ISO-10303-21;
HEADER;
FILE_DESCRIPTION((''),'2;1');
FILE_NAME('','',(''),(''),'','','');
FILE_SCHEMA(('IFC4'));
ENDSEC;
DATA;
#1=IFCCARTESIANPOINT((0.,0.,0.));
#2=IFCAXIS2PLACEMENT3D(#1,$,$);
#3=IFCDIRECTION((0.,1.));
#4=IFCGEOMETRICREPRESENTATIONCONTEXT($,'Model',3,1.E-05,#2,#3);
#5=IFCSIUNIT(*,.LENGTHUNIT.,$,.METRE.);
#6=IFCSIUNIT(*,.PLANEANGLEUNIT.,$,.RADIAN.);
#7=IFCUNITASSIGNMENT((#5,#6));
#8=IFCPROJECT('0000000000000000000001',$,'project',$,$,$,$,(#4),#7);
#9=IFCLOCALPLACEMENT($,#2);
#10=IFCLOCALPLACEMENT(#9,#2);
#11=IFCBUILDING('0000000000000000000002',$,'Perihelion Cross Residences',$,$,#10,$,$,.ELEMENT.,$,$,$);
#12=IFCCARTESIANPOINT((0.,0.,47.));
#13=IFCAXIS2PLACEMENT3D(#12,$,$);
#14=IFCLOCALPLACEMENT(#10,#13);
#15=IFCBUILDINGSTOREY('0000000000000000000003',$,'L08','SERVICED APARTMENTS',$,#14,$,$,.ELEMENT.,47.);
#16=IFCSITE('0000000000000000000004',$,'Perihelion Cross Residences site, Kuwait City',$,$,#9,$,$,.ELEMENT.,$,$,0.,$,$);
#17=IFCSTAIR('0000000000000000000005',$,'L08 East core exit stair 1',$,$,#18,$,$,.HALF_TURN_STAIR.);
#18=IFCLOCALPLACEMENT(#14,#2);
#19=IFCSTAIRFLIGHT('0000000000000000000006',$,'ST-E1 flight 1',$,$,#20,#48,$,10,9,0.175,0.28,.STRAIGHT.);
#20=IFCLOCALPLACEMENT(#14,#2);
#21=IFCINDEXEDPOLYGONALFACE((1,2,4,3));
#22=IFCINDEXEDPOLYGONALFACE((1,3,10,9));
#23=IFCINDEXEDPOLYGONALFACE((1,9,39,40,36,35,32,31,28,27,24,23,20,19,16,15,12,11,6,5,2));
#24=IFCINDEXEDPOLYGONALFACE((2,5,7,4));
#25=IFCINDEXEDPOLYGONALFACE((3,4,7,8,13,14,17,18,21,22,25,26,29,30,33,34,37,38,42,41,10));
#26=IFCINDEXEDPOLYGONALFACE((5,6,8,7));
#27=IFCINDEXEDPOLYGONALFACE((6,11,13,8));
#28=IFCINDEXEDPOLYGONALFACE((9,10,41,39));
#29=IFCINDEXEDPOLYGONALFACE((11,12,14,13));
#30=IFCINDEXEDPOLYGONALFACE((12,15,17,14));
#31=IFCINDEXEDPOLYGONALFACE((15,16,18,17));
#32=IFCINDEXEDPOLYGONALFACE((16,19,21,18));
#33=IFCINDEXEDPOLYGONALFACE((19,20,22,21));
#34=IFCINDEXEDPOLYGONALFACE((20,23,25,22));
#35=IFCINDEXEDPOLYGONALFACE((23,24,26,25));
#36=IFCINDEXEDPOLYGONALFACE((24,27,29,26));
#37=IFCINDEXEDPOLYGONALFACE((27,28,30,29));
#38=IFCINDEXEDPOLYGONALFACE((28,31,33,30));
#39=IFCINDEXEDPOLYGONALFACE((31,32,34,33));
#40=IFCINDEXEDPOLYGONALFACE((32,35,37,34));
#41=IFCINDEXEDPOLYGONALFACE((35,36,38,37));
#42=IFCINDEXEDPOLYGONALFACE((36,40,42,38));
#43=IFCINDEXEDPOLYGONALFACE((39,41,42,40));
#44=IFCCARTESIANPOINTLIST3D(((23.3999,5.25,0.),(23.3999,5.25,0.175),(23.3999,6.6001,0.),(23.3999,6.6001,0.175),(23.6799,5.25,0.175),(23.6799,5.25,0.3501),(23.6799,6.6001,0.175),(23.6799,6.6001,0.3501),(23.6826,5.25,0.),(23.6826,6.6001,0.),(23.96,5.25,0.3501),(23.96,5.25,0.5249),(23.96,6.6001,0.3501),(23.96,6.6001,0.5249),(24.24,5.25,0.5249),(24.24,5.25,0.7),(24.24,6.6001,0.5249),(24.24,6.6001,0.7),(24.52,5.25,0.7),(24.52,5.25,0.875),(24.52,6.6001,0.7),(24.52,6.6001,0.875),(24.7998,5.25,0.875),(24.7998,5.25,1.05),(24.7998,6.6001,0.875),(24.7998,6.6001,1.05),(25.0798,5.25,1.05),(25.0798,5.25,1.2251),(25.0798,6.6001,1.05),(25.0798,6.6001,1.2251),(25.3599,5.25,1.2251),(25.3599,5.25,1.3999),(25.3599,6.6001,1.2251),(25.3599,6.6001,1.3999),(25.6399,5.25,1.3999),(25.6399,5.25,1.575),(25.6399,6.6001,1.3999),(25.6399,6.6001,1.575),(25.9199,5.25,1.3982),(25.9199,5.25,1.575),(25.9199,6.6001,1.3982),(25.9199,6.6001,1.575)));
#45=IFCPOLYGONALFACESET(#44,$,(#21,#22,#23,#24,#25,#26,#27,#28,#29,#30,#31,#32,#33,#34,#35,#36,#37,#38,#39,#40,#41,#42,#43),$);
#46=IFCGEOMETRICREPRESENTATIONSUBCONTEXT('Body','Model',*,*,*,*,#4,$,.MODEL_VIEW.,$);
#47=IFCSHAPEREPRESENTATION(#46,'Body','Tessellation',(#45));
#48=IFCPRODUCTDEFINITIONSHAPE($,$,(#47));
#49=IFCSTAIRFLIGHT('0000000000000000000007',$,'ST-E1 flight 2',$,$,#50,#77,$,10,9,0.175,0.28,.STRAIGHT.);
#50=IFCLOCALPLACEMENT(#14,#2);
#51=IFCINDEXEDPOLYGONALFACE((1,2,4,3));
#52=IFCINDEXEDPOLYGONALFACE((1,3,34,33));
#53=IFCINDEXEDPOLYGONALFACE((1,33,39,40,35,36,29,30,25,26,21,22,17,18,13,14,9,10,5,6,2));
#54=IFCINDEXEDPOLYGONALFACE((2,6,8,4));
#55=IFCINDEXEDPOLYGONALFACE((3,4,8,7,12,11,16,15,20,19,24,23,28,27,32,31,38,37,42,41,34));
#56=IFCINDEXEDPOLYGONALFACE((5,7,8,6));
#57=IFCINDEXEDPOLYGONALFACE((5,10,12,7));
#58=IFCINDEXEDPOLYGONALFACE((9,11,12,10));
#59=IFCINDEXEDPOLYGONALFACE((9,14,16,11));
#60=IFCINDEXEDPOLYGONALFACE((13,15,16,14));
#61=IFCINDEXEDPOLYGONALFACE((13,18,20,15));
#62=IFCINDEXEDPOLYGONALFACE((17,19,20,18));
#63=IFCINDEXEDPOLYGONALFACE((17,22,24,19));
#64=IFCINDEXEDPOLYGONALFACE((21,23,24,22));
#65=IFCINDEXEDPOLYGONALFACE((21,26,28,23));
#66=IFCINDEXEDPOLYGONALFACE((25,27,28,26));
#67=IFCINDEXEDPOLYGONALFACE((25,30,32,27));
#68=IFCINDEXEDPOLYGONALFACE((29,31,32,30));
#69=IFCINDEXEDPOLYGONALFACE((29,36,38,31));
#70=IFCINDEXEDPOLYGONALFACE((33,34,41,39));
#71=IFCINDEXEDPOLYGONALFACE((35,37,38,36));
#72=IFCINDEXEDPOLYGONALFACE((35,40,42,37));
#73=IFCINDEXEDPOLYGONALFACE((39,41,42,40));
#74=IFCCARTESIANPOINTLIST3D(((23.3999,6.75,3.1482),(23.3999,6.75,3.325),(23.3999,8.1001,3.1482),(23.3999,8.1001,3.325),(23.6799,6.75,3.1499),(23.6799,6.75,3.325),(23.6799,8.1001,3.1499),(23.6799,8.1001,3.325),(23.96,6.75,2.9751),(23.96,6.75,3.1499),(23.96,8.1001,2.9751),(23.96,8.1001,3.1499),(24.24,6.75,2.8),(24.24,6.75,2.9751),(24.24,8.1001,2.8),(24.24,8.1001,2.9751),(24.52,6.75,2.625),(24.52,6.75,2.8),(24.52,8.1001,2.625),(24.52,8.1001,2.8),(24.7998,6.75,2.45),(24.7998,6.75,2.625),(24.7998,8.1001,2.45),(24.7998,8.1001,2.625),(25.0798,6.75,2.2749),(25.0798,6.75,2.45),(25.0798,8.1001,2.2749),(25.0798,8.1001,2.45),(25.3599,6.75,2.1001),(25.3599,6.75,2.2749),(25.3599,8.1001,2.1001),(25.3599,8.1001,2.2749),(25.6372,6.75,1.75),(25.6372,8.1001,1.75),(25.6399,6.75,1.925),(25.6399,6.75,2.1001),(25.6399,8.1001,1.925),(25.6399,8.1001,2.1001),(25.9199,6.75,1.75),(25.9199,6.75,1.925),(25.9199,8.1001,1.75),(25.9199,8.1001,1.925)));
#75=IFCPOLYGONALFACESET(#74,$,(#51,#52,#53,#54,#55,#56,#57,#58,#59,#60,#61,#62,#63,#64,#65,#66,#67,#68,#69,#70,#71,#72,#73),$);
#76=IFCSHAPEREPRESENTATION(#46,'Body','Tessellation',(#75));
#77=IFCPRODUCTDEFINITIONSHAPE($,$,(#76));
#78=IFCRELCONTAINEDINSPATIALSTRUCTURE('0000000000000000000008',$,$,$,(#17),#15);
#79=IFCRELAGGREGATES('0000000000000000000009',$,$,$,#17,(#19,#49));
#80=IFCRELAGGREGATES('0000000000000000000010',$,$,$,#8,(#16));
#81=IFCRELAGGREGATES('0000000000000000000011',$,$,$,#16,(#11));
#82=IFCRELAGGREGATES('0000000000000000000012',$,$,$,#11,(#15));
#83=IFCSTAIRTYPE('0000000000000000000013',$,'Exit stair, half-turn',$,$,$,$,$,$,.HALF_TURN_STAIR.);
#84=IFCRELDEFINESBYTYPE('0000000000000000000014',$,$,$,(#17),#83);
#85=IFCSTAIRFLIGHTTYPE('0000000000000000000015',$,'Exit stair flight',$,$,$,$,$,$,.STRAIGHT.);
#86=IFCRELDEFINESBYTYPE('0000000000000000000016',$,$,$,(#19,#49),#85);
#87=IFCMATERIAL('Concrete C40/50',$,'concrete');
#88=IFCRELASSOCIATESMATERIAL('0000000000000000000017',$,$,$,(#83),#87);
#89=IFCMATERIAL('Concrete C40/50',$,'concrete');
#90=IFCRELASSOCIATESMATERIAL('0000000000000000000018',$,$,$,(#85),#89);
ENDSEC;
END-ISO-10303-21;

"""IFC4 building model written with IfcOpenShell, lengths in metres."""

from ifc_helpers import new_model, si_unit, direction, frame, origin, place, context, subcontext, project, spatial, polyline, outline, extrude, material, type_object, element, aggregate, save


model = new_model("IFC4")

# Units and contexts
model_context = context("Model", 3, precision=1e-05, world=origin(), true_north=direction((0.0, 1.0)))
body_context = subcontext(model_context, "Body", "Model", "MODEL_VIEW")
ifc_project = project(units=[si_unit("LENGTHUNIT", "METRE"), si_unit("PLANEANGLEUNIT", "RADIAN")], contexts=[model_context])

# Site, building, storey
site_placement = place(None, origin())
site = spatial("IfcSite", under=ifc_project, at=site_placement, Name="Perihelion Cross Residences site, Kuwait City", CompositionType="ELEMENT", RefElevation=0.0)
building_placement = place(site_placement, origin())
building = spatial("IfcBuilding", under=site, at=building_placement, Name="Perihelion Cross Residences", CompositionType="ELEMENT")
storey_placement = place(building_placement, frame((0.0, 0.0, 47.0)))
storey = spatial("IfcBuildingStorey", under=building, at=storey_placement, Name="L08", Description="SERVICED APARTMENTS", CompositionType="ELEMENT", Elevation=47.0)

# Stair, stair flights
ifc_material_1 = material(Name="Concrete C40/50", Category="concrete")
stair_type = type_object("IfcStairType", Name="Exit stair, half-turn", PredefinedType="HALF_TURN_STAIR", material=ifc_material_1)
stair_placement = place(storey_placement, origin())
stair = element("IfcStair", 1, at=stair_placement, inside=storey, type_object=stair_type, Name="L08 East core exit stair 1", PredefinedType="HALF_TURN_STAIR")
ifc_material_2 = material(Name="Concrete C40/50", Category="concrete")
stair_flight_type = type_object("IfcStairFlightType", Name="Exit stair flight", PredefinedType="STRAIGHT", material=ifc_material_2)
stair_flight_1_placement = place(storey_placement, frame((23.3999, 5.925, 0.0), z_axis=(0.0, 0.0, 1.0), x_axis=(1.0, 0.0, 0.0)))
stair_flight_1 = element("IfcStairFlight", 2, at=stair_flight_1_placement, type_object=stair_flight_type, Name="ST-E1 flight 1", NumberOfRisers=10, NumberOfTreads=9, PredefinedType="STRAIGHT", RiserHeight=0.175, TreadLength=0.28, context=body_context, shape_type="SweptSolid", body=[
    extrude(outline(polyline([(0.0, 0.0), (0.0, 0.175), (0.28, 0.175), (0.28, 0.3501), (0.5601, 0.3501), (0.5601, 0.5249), (0.8401, 0.5249), (0.8401, 0.7), (1.1201, 0.7), (1.1201, 0.875), (1.3999, 0.875), (1.3999, 1.05), (1.6799, 1.05), (1.6799, 1.2251), (1.96, 1.2251), (1.96, 1.3999), (2.24, 1.3999), (2.24, 1.575), (2.52, 1.575), (2.52, 1.75), (2.52, 1.3982), (0.2827, 0.0), (0.0, 0.0)])), frame((0.0, 0.675, 0.0), z_axis=(0.0, -1.0, 0.0), x_axis=(1.0, 0.0, 0.0)), (0.0, 0.0, 1.0), 1.3501),
])
stair_flight_2_placement = place(storey_placement, frame((25.9199, 7.425, 1.75), z_axis=(0.0, 0.0, 1.0), x_axis=(-1.0, 0.0, 0.0)))
stair_flight_2 = element("IfcStairFlight", 3, at=stair_flight_2_placement, type_object=stair_flight_type, Name="ST-E1 flight 2", NumberOfRisers=10, NumberOfTreads=9, PredefinedType="STRAIGHT", RiserHeight=0.175, TreadLength=0.28, context=body_context, shape_type="SweptSolid", body=[
    extrude(outline(polyline([(0.0, 0.0), (0.0, 0.175), (0.28, 0.175), (0.28, 0.3501), (0.5601, 0.3501), (0.5601, 0.5249), (0.8401, 0.5249), (0.8401, 0.7), (1.1201, 0.7), (1.1201, 0.875), (1.3999, 0.875), (1.3999, 1.05), (1.6799, 1.05), (1.6799, 1.2251), (1.96, 1.2251), (1.96, 1.3999), (2.24, 1.3999), (2.24, 1.575), (2.52, 1.575), (2.52, 1.75), (2.52, 1.3982), (0.2827, 0.0), (0.0, 0.0)])), frame((0.0, 0.675, 0.0), z_axis=(0.0, -1.0, 0.0), x_axis=(1.0, 0.0, 0.0)), (0.0, 0.0, 1.0), 1.3501),
])
aggregate(stair, [stair_flight_1, stair_flight_2])

save(model, "model.ifc")
